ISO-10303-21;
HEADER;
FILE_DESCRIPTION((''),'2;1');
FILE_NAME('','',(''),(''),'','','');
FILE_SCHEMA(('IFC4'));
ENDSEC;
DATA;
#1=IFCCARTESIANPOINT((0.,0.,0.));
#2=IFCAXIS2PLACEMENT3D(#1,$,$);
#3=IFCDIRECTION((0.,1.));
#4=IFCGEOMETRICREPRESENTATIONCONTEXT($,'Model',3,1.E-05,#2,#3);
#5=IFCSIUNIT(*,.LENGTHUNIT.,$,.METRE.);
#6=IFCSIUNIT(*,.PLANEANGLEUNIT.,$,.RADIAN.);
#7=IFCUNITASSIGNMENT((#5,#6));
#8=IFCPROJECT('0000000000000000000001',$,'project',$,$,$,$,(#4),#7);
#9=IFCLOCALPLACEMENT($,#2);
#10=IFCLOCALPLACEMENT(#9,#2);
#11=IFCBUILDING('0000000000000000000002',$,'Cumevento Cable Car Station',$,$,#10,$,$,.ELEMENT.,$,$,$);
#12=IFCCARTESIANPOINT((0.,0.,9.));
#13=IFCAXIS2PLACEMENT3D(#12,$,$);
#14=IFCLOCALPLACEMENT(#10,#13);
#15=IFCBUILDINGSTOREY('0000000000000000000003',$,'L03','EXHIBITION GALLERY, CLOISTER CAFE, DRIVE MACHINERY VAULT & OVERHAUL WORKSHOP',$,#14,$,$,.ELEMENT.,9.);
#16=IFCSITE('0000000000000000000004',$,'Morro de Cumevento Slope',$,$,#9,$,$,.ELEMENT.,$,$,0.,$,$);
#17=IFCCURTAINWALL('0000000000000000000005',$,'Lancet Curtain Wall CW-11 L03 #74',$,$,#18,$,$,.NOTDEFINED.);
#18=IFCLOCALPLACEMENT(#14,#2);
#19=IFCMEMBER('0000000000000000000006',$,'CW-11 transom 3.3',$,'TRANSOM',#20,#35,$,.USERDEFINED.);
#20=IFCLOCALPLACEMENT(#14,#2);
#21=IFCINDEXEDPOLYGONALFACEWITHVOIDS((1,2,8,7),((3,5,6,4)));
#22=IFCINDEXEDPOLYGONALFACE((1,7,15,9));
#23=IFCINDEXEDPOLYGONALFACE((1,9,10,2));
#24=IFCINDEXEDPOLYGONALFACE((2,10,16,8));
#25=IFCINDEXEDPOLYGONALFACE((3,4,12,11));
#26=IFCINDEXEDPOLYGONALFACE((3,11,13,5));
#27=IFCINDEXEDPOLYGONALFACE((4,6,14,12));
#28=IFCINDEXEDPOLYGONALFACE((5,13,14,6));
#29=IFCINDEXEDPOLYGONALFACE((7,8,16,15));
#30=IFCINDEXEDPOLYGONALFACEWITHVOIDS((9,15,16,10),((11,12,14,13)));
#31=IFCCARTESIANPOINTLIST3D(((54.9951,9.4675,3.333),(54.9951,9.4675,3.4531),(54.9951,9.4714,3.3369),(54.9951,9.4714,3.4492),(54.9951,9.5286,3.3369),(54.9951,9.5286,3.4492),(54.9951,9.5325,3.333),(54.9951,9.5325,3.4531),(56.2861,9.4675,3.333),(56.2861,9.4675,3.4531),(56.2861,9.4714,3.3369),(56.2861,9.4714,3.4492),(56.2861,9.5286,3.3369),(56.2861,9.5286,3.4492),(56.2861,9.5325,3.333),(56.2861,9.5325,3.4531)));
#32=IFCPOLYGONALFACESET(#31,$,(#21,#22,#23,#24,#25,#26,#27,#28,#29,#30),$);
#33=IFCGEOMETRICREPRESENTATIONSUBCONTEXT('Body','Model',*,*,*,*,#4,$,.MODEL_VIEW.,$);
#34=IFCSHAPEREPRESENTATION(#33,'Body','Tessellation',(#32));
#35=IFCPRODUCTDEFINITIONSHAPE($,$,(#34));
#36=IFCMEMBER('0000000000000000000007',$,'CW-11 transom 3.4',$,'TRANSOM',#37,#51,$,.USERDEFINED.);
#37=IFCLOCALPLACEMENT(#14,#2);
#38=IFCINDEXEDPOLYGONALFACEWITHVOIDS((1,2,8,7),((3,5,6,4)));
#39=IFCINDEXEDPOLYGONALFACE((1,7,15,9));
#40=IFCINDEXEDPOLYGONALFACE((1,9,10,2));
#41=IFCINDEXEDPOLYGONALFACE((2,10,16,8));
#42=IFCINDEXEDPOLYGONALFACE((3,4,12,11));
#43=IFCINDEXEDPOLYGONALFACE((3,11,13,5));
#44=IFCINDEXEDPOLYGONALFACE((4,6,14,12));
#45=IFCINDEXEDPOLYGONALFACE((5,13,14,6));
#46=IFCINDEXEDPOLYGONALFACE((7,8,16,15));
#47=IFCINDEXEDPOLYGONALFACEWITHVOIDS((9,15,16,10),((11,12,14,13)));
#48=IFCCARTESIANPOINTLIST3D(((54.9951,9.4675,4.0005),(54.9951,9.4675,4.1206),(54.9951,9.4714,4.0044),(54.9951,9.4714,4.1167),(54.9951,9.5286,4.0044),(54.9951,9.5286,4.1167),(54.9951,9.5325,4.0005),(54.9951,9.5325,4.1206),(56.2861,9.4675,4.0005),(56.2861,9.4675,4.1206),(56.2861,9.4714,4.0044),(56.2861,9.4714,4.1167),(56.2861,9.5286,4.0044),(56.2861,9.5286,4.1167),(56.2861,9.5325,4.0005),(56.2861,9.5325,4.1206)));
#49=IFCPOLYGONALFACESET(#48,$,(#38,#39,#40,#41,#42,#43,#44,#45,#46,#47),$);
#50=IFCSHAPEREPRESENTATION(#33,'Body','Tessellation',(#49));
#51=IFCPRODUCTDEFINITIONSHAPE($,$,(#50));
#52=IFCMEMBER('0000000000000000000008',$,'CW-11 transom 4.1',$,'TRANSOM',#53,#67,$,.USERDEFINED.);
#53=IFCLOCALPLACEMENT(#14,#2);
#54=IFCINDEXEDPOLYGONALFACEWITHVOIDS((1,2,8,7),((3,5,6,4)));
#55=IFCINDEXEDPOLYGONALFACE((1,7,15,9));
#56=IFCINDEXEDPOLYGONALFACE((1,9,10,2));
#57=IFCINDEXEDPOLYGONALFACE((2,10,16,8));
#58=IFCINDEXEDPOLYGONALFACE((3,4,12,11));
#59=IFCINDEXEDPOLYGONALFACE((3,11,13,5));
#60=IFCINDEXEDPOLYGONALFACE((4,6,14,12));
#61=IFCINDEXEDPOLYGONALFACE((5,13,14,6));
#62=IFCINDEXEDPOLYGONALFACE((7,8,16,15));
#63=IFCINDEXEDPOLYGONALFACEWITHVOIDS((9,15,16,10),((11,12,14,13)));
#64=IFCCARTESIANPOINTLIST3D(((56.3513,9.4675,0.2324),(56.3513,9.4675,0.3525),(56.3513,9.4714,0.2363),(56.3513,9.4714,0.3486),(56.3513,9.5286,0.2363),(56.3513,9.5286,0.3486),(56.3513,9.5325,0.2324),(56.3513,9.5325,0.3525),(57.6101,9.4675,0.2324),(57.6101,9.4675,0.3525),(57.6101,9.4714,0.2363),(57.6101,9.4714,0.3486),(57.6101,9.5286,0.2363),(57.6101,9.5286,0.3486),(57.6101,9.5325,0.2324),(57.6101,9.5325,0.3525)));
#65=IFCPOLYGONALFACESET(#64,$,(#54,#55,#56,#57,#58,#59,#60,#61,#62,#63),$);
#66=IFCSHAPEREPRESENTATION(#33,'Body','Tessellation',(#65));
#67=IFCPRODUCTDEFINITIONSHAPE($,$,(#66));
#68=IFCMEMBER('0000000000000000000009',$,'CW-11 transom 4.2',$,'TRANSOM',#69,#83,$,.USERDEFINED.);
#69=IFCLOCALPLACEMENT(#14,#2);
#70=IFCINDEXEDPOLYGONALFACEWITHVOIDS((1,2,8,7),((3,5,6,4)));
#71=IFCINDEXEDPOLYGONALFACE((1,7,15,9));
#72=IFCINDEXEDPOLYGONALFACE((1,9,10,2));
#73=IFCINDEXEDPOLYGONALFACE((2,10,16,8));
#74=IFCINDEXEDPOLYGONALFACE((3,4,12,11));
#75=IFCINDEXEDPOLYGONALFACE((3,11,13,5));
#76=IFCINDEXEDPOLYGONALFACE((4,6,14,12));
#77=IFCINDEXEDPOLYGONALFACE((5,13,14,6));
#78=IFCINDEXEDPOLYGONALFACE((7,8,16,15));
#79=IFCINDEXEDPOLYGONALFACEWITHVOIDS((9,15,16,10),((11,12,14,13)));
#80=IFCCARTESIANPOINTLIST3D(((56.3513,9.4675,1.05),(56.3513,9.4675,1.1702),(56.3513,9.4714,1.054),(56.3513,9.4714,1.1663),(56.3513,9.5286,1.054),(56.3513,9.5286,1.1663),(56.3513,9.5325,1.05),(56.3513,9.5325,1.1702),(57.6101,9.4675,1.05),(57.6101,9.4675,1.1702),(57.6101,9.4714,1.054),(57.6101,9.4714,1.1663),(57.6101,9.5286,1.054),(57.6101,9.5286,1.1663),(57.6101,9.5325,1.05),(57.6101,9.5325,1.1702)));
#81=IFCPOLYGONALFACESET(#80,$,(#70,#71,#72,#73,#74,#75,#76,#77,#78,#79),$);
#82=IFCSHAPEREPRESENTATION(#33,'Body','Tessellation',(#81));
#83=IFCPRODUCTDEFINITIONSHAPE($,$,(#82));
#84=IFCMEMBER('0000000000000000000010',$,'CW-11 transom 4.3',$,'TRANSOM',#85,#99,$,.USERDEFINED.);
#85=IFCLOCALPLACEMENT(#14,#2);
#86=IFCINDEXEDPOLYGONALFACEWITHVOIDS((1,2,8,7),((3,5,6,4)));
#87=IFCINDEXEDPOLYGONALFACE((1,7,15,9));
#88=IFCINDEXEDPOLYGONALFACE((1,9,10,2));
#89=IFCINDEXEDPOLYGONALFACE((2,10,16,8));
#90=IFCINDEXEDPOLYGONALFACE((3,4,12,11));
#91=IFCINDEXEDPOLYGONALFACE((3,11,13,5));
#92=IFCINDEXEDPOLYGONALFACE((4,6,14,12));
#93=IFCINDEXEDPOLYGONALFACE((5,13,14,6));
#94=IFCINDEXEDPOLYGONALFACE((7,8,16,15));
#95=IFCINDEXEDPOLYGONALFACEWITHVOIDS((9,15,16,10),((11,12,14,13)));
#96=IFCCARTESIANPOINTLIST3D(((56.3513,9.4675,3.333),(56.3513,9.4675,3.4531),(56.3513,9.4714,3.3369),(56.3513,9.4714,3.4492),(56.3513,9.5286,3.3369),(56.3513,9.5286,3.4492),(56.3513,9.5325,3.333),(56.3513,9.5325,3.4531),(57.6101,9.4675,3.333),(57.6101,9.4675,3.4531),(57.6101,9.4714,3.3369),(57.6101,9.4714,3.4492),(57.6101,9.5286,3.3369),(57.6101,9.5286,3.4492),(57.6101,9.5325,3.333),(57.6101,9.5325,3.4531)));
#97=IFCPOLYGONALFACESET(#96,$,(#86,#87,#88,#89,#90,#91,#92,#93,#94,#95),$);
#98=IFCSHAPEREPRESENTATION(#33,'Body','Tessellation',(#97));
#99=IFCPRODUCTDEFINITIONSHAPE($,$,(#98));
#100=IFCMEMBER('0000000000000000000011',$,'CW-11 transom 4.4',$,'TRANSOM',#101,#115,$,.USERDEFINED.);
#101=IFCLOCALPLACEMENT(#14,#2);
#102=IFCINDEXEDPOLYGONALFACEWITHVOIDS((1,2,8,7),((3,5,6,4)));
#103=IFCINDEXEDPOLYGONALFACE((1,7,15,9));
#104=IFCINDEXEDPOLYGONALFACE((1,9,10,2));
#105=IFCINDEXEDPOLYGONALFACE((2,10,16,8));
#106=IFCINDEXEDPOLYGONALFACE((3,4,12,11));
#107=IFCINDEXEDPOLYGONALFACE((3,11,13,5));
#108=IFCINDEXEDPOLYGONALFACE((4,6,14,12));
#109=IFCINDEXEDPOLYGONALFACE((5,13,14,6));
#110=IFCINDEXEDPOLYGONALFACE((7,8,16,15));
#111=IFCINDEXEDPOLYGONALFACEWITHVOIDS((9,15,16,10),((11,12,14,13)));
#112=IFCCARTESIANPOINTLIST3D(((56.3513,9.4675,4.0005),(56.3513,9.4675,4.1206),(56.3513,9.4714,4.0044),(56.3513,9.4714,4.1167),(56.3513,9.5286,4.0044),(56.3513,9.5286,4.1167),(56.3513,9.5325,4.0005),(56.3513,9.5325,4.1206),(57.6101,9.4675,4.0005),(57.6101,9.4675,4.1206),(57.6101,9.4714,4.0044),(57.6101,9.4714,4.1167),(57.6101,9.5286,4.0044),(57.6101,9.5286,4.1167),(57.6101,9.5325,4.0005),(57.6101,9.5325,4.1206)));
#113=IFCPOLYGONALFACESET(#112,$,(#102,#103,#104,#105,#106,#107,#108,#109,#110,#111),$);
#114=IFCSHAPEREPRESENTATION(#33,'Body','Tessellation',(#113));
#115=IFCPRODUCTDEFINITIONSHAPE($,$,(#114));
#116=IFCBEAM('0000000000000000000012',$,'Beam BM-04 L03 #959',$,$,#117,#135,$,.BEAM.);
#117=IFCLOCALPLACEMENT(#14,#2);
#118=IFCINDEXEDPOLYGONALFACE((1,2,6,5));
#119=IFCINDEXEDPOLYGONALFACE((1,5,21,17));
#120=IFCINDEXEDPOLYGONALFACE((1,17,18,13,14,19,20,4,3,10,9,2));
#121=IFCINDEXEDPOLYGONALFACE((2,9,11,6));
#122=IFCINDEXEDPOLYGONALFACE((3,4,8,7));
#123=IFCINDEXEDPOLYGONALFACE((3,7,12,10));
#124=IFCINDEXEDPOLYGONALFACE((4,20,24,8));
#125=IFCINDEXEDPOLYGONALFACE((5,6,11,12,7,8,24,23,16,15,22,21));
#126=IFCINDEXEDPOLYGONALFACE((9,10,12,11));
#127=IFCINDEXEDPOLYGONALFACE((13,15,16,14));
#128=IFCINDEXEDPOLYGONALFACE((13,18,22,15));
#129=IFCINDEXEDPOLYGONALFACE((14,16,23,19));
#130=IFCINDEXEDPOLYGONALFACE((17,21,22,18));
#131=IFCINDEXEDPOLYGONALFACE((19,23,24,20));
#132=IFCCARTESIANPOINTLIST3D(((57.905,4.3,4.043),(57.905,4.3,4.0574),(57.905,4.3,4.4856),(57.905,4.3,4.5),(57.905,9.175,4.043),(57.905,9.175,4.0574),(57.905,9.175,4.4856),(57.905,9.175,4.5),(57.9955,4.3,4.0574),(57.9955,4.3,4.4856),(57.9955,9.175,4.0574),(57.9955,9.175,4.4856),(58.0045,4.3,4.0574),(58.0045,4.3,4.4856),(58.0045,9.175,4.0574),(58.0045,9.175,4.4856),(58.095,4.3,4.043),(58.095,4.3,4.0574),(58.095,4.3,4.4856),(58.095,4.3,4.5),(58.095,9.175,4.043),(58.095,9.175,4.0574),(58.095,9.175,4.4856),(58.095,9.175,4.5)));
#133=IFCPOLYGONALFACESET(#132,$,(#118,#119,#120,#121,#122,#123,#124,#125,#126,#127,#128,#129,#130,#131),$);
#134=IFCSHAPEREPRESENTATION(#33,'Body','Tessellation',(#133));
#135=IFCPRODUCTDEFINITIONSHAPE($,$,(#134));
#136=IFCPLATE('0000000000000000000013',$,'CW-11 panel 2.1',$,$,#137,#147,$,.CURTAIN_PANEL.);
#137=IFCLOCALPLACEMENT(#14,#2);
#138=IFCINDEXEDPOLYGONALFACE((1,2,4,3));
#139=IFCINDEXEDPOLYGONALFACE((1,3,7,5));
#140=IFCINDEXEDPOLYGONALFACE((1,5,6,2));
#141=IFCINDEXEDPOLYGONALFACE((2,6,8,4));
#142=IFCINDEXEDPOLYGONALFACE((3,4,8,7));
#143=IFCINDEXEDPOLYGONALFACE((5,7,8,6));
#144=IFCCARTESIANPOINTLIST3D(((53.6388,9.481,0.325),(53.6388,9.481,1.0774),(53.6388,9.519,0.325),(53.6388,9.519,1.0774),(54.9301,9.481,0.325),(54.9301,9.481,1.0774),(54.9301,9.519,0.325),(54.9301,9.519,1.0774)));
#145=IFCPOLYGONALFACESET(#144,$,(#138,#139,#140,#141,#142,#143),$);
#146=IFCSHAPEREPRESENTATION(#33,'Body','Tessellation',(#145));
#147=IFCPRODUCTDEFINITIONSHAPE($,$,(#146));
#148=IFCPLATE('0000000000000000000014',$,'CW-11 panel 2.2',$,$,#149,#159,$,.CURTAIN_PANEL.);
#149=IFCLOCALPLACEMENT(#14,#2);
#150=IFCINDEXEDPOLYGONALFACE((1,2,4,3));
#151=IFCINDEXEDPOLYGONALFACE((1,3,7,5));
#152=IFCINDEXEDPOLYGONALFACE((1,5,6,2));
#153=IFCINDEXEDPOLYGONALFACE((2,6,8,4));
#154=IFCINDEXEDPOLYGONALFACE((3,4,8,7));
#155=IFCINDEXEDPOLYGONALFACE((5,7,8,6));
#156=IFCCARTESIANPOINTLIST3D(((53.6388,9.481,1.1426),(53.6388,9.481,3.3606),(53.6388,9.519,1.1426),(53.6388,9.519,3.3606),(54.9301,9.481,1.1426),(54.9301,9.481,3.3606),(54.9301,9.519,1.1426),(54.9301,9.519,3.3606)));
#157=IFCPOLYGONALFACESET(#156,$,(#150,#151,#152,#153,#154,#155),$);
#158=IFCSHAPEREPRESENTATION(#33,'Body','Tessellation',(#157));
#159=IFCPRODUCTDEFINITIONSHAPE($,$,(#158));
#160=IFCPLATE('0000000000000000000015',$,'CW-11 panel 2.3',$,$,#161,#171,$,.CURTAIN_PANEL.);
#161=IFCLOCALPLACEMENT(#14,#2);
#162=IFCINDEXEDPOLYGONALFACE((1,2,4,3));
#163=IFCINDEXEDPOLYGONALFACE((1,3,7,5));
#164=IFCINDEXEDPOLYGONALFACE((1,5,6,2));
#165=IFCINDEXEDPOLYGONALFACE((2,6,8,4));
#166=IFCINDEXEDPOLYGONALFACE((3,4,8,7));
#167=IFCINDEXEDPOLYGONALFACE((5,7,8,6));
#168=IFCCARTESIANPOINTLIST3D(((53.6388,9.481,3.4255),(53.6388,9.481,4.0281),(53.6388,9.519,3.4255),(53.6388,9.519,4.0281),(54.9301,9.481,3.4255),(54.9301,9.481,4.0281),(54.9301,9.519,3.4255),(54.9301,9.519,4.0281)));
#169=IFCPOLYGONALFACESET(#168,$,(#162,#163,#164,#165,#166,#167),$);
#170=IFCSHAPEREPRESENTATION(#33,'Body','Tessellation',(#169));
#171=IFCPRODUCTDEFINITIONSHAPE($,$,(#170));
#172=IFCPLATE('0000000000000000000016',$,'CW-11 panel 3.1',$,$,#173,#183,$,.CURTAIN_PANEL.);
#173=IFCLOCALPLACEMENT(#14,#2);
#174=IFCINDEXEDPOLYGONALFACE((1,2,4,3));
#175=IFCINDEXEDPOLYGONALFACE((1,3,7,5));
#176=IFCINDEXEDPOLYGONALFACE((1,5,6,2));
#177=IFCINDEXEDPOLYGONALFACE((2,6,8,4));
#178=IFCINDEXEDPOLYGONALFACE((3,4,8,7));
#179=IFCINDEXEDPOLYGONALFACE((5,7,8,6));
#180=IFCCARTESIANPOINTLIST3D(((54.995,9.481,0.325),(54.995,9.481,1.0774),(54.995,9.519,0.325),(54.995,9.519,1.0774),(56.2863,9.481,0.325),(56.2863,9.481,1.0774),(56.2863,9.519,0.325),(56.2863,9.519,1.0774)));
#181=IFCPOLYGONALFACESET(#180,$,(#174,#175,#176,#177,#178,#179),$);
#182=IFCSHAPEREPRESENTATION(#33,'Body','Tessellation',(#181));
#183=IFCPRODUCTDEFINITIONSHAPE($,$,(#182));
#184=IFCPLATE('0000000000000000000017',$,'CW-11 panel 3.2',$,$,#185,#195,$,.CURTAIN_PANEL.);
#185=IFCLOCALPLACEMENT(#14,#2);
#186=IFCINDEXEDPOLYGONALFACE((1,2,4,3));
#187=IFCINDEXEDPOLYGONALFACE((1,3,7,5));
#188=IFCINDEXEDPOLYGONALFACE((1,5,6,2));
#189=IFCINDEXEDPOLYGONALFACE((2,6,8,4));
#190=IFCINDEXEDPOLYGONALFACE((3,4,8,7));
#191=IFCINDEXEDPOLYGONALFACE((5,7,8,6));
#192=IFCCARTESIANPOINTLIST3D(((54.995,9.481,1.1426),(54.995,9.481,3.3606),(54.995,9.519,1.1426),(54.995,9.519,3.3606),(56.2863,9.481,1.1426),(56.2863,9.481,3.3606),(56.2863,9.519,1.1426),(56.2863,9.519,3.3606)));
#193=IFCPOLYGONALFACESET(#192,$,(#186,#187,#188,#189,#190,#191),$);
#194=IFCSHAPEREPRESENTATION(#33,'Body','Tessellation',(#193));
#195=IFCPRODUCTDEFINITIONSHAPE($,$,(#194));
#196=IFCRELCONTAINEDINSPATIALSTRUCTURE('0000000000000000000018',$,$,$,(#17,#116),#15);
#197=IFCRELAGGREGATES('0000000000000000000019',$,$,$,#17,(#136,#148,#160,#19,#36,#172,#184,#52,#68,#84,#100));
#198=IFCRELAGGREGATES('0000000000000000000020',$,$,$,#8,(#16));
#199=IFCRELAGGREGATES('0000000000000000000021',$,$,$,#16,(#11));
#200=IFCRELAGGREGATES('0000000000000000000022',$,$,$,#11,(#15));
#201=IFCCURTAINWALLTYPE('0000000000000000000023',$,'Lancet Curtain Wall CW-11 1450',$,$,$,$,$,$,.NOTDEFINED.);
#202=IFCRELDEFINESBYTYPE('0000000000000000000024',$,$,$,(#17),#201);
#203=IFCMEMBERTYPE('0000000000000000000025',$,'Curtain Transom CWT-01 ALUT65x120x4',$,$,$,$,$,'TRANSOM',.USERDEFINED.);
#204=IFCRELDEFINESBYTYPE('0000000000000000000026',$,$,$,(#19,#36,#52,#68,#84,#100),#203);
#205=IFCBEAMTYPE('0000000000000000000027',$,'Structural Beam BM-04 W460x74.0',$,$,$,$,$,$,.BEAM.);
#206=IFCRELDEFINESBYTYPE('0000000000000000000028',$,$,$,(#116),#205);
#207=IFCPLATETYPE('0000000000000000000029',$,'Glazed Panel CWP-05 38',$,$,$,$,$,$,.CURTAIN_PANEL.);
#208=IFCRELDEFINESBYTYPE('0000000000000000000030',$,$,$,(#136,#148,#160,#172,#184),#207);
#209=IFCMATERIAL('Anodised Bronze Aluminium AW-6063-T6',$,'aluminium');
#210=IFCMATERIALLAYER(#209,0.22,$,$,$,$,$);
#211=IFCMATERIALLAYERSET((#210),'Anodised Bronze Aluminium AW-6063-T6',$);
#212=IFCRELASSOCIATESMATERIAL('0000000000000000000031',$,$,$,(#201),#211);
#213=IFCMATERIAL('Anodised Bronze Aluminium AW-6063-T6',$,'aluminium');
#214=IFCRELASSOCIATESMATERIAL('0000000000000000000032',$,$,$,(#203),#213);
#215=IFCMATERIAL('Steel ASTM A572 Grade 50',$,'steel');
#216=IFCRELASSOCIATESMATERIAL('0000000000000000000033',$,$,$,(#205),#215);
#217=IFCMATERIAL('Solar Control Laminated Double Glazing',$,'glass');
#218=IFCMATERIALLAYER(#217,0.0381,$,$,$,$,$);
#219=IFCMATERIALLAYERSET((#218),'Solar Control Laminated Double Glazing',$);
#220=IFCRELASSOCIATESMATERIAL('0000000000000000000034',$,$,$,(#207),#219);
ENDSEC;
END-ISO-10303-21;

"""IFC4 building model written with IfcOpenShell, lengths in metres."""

from ifc_helpers import new_model, si_unit, direction, frame, origin, origin_2d, place, context, subcontext, project, spatial, rectangle, hollow_rectangle, i_section, extrude, material, layer, layer_set, material_profile, profile_set, type_object, element, aggregate, save


model = new_model("IFC4")

# Units and contexts
model_context = context("Model", 3, precision=1e-05, world=origin(), true_north=direction((0.0, 1.0)))
body_context = subcontext(model_context, "Body", "Model", "MODEL_VIEW")
ifc_project = project(units=[si_unit("LENGTHUNIT", "METRE"), si_unit("PLANEANGLEUNIT", "RADIAN")], contexts=[model_context])

# Site, building, storey
site_placement = place(None, origin())
site = spatial("IfcSite", under=ifc_project, at=site_placement, Name="Morro de Cumevento Slope", CompositionType="ELEMENT", RefElevation=0.0)
building_placement = place(site_placement, origin())
building = spatial("IfcBuilding", under=site, at=building_placement, Name="Cumevento Cable Car Station", CompositionType="ELEMENT")
storey_placement = place(building_placement, frame((0.0, 0.0, 9.0)))
storey = spatial("IfcBuildingStorey", under=building, at=storey_placement, Name="L03", Description="EXHIBITION GALLERY, CLOISTER CAFE, DRIVE MACHINERY VAULT & OVERHAUL WORKSHOP", CompositionType="ELEMENT", Elevation=9.0)

# Curtain wall, members
ifc_material_1 = material(Name="Anodised Bronze Aluminium AW-6063-T6", Category="aluminium")
ifc_layer_1 = layer(ifc_material_1, 0.22)
ifc_layer_set_1 = layer_set([ifc_layer_1], Name="Anodised Bronze Aluminium AW-6063-T6")
curtain_wall_type = type_object("IfcCurtainWallType", Name="Lancet Curtain Wall CW-11 1450", PredefinedType="NOTDEFINED", material=ifc_layer_set_1)
curtain_wall_placement = place(storey_placement, origin())
curtain_wall = element("IfcCurtainWall", 1, at=curtain_wall_placement, inside=storey, type_object=curtain_wall_type, Name="Lancet Curtain Wall CW-11 L03 #74", PredefinedType="NOTDEFINED")
ifc_material_2 = material(Name="Anodised Bronze Aluminium AW-6063-T6", Category="aluminium")
ifc_material_profile_1 = material_profile(ifc_material_2, hollow_rectangle(XDim=0.0649, YDim=0.1201, WallThickness=0.0039, at=origin_2d()), Name="ALUT65x120x4")
ifc_profile_set_1 = profile_set([ifc_material_profile_1], Name="Anodised Bronze Aluminium AW-6063-T6")
member_type_1 = type_object("IfcMemberType", Name="Curtain Transom CWT-01 ALUT65x120x4", ElementType="TRANSOM", PredefinedType="USERDEFINED", material=ifc_profile_set_1)
member_1_placement = place(storey_placement, frame((54.9951, 9.5, 3.3931), z_axis=(1.0, 0.0, 0.0), x_axis=(0.0, 1.0, 0.0)))
member_1 = element("IfcMember", 2, at=member_1_placement, type_object=member_type_1, Name="CW-11 transom 3.3", ObjectType="TRANSOM", PredefinedType="USERDEFINED", context=body_context, shape_type="SweptSolid", body=[
    extrude(hollow_rectangle(XDim=0.0649, YDim=0.1201, WallThickness=0.0039, at=origin_2d()), origin(), (0.0, 0.0, 1.0), 1.291),
])
member_2_placement = place(storey_placement, frame((54.9951, 9.5, 4.0605), z_axis=(1.0, 0.0, 0.0), x_axis=(0.0, 1.0, 0.0)))
member_2 = element("IfcMember", 3, at=member_2_placement, type_object=member_type_1, Name="CW-11 transom 3.4", ObjectType="TRANSOM", PredefinedType="USERDEFINED", context=body_context, shape_type="SweptSolid", body=[
    extrude(hollow_rectangle(XDim=0.0649, YDim=0.1201, WallThickness=0.0039, at=origin_2d()), origin(), (0.0, 0.0, 1.0), 1.291),
])
member_3_placement = place(storey_placement, frame((56.3513, 9.5, 0.2925), z_axis=(1.0, 0.0, 0.0), x_axis=(0.0, 1.0, 0.0)))
member_3 = element("IfcMember", 4, at=member_3_placement, type_object=member_type_1, Name="CW-11 transom 4.1", ObjectType="TRANSOM", PredefinedType="USERDEFINED", context=body_context, shape_type="SweptSolid", body=[
    extrude(hollow_rectangle(XDim=0.0649, YDim=0.1201, WallThickness=0.0039, at=origin_2d()), origin(), (0.0, 0.0, 1.0), 1.2588),
])
member_4_placement = place(storey_placement, frame((56.3513, 9.5, 1.1101), z_axis=(1.0, 0.0, 0.0), x_axis=(0.0, 1.0, 0.0)))
member_4 = element("IfcMember", 5, at=member_4_placement, type_object=member_type_1, Name="CW-11 transom 4.2", ObjectType="TRANSOM", PredefinedType="USERDEFINED", context=body_context, shape_type="SweptSolid", body=[
    extrude(hollow_rectangle(XDim=0.0649, YDim=0.1201, WallThickness=0.0039, at=origin_2d()), origin(), (0.0, 0.0, 1.0), 1.2588),
])
member_5_placement = place(storey_placement, frame((56.3513, 9.5, 3.3931), z_axis=(1.0, 0.0, 0.0), x_axis=(0.0, 1.0, 0.0)))
member_5 = element("IfcMember", 6, at=member_5_placement, type_object=member_type_1, Name="CW-11 transom 4.3", ObjectType="TRANSOM", PredefinedType="USERDEFINED", context=body_context, shape_type="SweptSolid", body=[
    extrude(hollow_rectangle(XDim=0.0649, YDim=0.1201, WallThickness=0.0039, at=origin_2d()), origin(), (0.0, 0.0, 1.0), 1.2588),
])
member_6_placement = place(storey_placement, frame((56.3513, 9.5, 4.0605), z_axis=(1.0, 0.0, 0.0), x_axis=(0.0, 1.0, 0.0)))
member_6 = element("IfcMember", 7, at=member_6_placement, type_object=member_type_1, Name="CW-11 transom 4.4", ObjectType="TRANSOM", PredefinedType="USERDEFINED", context=body_context, shape_type="SweptSolid", body=[
    extrude(hollow_rectangle(XDim=0.0649, YDim=0.1201, WallThickness=0.0039, at=origin_2d()), origin(), (0.0, 0.0, 1.0), 1.2588),
])

# Beam
ifc_material_3 = material(Name="Steel ASTM A572 Grade 50", Category="steel")
ifc_material_profile_2 = material_profile(ifc_material_3, i_section(OverallWidth=0.1899, OverallDepth=0.457, WebThickness=0.009, FlangeThickness=0.0144, at=origin_2d()), Name="W460x74.0")
ifc_profile_set_2 = profile_set([ifc_material_profile_2], Name="Steel ASTM A572 Grade 50")
beam_type = type_object("IfcBeamType", Name="Structural Beam BM-04 W460x74.0", PredefinedType="BEAM", material=ifc_profile_set_2)
beam_placement = place(storey_placement, frame((58.0, 4.3, 4.2715), z_axis=(0.0, 1.0, 0.0), x_axis=(-1.0, 0.0, 0.0)))
element("IfcBeam", 8, at=beam_placement, inside=storey, type_object=beam_type, Name="Beam BM-04 L03 #959", PredefinedType="BEAM", context=body_context, shape_type="SweptSolid", body=[
    extrude(i_section(OverallWidth=0.1899, OverallDepth=0.457, WebThickness=0.009, FlangeThickness=0.0144, at=origin_2d()), origin(), (0.0, 0.0, 1.0), 4.875),
])

# Plates
ifc_material_4 = material(Name="Solar Control Laminated Double Glazing", Category="glass")
ifc_layer_2 = layer(ifc_material_4, 0.0381)
ifc_layer_set_2 = layer_set([ifc_layer_2], Name="Solar Control Laminated Double Glazing")
plate_type = type_object("IfcPlateType", Name="Glazed Panel CWP-05 38", PredefinedType="CURTAIN_PANEL", material=ifc_layer_set_2)
plate_1_placement = place(storey_placement, frame((54.2844, 9.5, 0.325), z_axis=(0.0, 0.0, 1.0), x_axis=(1.0, 0.0, 0.0)))
plate_1 = element("IfcPlate", 9, at=plate_1_placement, type_object=plate_type, Name="CW-11 panel 2.1", PredefinedType="CURTAIN_PANEL", context=body_context, shape_type="SweptSolid", body=[
    extrude(rectangle(XDim=1.2913, YDim=0.0381, at=origin_2d()), origin(), (0.0, 0.0, 1.0), 0.7524),
])
plate_2_placement = place(storey_placement, frame((54.2844, 9.5, 1.1426), z_axis=(0.0, 0.0, 1.0), x_axis=(1.0, 0.0, 0.0)))
plate_2 = element("IfcPlate", 10, at=plate_2_placement, type_object=plate_type, Name="CW-11 panel 2.2", PredefinedType="CURTAIN_PANEL", context=body_context, shape_type="SweptSolid", body=[
    extrude(rectangle(XDim=1.2913, YDim=0.0381, at=origin_2d()), origin(), (0.0, 0.0, 1.0), 2.218),
])
plate_3_placement = place(storey_placement, frame((54.2844, 9.5, 3.4255), z_axis=(0.0, 0.0, 1.0), x_axis=(1.0, 0.0, 0.0)))
plate_3 = element("IfcPlate", 11, at=plate_3_placement, type_object=plate_type, Name="CW-11 panel 2.3", PredefinedType="CURTAIN_PANEL", context=body_context, shape_type="SweptSolid", body=[
    extrude(rectangle(XDim=1.2913, YDim=0.0381, at=origin_2d()), origin(), (0.0, 0.0, 1.0), 0.6025),
])
plate_4_placement = place(storey_placement, frame((55.6406, 9.5, 0.325), z_axis=(0.0, 0.0, 1.0), x_axis=(1.0, 0.0, 0.0)))
plate_4 = element("IfcPlate", 12, at=plate_4_placement, type_object=plate_type, Name="CW-11 panel 3.1", PredefinedType="CURTAIN_PANEL", context=body_context, shape_type="SweptSolid", body=[
    extrude(rectangle(XDim=1.2913, YDim=0.0381, at=origin_2d()), origin(), (0.0, 0.0, 1.0), 0.7524),
])
plate_5_placement = place(storey_placement, frame((55.6406, 9.5, 1.1426), z_axis=(0.0, 0.0, 1.0), x_axis=(1.0, 0.0, 0.0)))
plate_5 = element("IfcPlate", 13, at=plate_5_placement, type_object=plate_type, Name="CW-11 panel 3.2", PredefinedType="CURTAIN_PANEL", context=body_context, shape_type="SweptSolid", body=[
    extrude(rectangle(XDim=1.2913, YDim=0.0381, at=origin_2d()), origin(), (0.0, 0.0, 1.0), 2.218),
])
aggregate(curtain_wall, [plate_1, plate_2, plate_3, member_1, member_2, plate_4, plate_5, member_3, member_4, member_5, member_6])

save(model, "model.ifc")
